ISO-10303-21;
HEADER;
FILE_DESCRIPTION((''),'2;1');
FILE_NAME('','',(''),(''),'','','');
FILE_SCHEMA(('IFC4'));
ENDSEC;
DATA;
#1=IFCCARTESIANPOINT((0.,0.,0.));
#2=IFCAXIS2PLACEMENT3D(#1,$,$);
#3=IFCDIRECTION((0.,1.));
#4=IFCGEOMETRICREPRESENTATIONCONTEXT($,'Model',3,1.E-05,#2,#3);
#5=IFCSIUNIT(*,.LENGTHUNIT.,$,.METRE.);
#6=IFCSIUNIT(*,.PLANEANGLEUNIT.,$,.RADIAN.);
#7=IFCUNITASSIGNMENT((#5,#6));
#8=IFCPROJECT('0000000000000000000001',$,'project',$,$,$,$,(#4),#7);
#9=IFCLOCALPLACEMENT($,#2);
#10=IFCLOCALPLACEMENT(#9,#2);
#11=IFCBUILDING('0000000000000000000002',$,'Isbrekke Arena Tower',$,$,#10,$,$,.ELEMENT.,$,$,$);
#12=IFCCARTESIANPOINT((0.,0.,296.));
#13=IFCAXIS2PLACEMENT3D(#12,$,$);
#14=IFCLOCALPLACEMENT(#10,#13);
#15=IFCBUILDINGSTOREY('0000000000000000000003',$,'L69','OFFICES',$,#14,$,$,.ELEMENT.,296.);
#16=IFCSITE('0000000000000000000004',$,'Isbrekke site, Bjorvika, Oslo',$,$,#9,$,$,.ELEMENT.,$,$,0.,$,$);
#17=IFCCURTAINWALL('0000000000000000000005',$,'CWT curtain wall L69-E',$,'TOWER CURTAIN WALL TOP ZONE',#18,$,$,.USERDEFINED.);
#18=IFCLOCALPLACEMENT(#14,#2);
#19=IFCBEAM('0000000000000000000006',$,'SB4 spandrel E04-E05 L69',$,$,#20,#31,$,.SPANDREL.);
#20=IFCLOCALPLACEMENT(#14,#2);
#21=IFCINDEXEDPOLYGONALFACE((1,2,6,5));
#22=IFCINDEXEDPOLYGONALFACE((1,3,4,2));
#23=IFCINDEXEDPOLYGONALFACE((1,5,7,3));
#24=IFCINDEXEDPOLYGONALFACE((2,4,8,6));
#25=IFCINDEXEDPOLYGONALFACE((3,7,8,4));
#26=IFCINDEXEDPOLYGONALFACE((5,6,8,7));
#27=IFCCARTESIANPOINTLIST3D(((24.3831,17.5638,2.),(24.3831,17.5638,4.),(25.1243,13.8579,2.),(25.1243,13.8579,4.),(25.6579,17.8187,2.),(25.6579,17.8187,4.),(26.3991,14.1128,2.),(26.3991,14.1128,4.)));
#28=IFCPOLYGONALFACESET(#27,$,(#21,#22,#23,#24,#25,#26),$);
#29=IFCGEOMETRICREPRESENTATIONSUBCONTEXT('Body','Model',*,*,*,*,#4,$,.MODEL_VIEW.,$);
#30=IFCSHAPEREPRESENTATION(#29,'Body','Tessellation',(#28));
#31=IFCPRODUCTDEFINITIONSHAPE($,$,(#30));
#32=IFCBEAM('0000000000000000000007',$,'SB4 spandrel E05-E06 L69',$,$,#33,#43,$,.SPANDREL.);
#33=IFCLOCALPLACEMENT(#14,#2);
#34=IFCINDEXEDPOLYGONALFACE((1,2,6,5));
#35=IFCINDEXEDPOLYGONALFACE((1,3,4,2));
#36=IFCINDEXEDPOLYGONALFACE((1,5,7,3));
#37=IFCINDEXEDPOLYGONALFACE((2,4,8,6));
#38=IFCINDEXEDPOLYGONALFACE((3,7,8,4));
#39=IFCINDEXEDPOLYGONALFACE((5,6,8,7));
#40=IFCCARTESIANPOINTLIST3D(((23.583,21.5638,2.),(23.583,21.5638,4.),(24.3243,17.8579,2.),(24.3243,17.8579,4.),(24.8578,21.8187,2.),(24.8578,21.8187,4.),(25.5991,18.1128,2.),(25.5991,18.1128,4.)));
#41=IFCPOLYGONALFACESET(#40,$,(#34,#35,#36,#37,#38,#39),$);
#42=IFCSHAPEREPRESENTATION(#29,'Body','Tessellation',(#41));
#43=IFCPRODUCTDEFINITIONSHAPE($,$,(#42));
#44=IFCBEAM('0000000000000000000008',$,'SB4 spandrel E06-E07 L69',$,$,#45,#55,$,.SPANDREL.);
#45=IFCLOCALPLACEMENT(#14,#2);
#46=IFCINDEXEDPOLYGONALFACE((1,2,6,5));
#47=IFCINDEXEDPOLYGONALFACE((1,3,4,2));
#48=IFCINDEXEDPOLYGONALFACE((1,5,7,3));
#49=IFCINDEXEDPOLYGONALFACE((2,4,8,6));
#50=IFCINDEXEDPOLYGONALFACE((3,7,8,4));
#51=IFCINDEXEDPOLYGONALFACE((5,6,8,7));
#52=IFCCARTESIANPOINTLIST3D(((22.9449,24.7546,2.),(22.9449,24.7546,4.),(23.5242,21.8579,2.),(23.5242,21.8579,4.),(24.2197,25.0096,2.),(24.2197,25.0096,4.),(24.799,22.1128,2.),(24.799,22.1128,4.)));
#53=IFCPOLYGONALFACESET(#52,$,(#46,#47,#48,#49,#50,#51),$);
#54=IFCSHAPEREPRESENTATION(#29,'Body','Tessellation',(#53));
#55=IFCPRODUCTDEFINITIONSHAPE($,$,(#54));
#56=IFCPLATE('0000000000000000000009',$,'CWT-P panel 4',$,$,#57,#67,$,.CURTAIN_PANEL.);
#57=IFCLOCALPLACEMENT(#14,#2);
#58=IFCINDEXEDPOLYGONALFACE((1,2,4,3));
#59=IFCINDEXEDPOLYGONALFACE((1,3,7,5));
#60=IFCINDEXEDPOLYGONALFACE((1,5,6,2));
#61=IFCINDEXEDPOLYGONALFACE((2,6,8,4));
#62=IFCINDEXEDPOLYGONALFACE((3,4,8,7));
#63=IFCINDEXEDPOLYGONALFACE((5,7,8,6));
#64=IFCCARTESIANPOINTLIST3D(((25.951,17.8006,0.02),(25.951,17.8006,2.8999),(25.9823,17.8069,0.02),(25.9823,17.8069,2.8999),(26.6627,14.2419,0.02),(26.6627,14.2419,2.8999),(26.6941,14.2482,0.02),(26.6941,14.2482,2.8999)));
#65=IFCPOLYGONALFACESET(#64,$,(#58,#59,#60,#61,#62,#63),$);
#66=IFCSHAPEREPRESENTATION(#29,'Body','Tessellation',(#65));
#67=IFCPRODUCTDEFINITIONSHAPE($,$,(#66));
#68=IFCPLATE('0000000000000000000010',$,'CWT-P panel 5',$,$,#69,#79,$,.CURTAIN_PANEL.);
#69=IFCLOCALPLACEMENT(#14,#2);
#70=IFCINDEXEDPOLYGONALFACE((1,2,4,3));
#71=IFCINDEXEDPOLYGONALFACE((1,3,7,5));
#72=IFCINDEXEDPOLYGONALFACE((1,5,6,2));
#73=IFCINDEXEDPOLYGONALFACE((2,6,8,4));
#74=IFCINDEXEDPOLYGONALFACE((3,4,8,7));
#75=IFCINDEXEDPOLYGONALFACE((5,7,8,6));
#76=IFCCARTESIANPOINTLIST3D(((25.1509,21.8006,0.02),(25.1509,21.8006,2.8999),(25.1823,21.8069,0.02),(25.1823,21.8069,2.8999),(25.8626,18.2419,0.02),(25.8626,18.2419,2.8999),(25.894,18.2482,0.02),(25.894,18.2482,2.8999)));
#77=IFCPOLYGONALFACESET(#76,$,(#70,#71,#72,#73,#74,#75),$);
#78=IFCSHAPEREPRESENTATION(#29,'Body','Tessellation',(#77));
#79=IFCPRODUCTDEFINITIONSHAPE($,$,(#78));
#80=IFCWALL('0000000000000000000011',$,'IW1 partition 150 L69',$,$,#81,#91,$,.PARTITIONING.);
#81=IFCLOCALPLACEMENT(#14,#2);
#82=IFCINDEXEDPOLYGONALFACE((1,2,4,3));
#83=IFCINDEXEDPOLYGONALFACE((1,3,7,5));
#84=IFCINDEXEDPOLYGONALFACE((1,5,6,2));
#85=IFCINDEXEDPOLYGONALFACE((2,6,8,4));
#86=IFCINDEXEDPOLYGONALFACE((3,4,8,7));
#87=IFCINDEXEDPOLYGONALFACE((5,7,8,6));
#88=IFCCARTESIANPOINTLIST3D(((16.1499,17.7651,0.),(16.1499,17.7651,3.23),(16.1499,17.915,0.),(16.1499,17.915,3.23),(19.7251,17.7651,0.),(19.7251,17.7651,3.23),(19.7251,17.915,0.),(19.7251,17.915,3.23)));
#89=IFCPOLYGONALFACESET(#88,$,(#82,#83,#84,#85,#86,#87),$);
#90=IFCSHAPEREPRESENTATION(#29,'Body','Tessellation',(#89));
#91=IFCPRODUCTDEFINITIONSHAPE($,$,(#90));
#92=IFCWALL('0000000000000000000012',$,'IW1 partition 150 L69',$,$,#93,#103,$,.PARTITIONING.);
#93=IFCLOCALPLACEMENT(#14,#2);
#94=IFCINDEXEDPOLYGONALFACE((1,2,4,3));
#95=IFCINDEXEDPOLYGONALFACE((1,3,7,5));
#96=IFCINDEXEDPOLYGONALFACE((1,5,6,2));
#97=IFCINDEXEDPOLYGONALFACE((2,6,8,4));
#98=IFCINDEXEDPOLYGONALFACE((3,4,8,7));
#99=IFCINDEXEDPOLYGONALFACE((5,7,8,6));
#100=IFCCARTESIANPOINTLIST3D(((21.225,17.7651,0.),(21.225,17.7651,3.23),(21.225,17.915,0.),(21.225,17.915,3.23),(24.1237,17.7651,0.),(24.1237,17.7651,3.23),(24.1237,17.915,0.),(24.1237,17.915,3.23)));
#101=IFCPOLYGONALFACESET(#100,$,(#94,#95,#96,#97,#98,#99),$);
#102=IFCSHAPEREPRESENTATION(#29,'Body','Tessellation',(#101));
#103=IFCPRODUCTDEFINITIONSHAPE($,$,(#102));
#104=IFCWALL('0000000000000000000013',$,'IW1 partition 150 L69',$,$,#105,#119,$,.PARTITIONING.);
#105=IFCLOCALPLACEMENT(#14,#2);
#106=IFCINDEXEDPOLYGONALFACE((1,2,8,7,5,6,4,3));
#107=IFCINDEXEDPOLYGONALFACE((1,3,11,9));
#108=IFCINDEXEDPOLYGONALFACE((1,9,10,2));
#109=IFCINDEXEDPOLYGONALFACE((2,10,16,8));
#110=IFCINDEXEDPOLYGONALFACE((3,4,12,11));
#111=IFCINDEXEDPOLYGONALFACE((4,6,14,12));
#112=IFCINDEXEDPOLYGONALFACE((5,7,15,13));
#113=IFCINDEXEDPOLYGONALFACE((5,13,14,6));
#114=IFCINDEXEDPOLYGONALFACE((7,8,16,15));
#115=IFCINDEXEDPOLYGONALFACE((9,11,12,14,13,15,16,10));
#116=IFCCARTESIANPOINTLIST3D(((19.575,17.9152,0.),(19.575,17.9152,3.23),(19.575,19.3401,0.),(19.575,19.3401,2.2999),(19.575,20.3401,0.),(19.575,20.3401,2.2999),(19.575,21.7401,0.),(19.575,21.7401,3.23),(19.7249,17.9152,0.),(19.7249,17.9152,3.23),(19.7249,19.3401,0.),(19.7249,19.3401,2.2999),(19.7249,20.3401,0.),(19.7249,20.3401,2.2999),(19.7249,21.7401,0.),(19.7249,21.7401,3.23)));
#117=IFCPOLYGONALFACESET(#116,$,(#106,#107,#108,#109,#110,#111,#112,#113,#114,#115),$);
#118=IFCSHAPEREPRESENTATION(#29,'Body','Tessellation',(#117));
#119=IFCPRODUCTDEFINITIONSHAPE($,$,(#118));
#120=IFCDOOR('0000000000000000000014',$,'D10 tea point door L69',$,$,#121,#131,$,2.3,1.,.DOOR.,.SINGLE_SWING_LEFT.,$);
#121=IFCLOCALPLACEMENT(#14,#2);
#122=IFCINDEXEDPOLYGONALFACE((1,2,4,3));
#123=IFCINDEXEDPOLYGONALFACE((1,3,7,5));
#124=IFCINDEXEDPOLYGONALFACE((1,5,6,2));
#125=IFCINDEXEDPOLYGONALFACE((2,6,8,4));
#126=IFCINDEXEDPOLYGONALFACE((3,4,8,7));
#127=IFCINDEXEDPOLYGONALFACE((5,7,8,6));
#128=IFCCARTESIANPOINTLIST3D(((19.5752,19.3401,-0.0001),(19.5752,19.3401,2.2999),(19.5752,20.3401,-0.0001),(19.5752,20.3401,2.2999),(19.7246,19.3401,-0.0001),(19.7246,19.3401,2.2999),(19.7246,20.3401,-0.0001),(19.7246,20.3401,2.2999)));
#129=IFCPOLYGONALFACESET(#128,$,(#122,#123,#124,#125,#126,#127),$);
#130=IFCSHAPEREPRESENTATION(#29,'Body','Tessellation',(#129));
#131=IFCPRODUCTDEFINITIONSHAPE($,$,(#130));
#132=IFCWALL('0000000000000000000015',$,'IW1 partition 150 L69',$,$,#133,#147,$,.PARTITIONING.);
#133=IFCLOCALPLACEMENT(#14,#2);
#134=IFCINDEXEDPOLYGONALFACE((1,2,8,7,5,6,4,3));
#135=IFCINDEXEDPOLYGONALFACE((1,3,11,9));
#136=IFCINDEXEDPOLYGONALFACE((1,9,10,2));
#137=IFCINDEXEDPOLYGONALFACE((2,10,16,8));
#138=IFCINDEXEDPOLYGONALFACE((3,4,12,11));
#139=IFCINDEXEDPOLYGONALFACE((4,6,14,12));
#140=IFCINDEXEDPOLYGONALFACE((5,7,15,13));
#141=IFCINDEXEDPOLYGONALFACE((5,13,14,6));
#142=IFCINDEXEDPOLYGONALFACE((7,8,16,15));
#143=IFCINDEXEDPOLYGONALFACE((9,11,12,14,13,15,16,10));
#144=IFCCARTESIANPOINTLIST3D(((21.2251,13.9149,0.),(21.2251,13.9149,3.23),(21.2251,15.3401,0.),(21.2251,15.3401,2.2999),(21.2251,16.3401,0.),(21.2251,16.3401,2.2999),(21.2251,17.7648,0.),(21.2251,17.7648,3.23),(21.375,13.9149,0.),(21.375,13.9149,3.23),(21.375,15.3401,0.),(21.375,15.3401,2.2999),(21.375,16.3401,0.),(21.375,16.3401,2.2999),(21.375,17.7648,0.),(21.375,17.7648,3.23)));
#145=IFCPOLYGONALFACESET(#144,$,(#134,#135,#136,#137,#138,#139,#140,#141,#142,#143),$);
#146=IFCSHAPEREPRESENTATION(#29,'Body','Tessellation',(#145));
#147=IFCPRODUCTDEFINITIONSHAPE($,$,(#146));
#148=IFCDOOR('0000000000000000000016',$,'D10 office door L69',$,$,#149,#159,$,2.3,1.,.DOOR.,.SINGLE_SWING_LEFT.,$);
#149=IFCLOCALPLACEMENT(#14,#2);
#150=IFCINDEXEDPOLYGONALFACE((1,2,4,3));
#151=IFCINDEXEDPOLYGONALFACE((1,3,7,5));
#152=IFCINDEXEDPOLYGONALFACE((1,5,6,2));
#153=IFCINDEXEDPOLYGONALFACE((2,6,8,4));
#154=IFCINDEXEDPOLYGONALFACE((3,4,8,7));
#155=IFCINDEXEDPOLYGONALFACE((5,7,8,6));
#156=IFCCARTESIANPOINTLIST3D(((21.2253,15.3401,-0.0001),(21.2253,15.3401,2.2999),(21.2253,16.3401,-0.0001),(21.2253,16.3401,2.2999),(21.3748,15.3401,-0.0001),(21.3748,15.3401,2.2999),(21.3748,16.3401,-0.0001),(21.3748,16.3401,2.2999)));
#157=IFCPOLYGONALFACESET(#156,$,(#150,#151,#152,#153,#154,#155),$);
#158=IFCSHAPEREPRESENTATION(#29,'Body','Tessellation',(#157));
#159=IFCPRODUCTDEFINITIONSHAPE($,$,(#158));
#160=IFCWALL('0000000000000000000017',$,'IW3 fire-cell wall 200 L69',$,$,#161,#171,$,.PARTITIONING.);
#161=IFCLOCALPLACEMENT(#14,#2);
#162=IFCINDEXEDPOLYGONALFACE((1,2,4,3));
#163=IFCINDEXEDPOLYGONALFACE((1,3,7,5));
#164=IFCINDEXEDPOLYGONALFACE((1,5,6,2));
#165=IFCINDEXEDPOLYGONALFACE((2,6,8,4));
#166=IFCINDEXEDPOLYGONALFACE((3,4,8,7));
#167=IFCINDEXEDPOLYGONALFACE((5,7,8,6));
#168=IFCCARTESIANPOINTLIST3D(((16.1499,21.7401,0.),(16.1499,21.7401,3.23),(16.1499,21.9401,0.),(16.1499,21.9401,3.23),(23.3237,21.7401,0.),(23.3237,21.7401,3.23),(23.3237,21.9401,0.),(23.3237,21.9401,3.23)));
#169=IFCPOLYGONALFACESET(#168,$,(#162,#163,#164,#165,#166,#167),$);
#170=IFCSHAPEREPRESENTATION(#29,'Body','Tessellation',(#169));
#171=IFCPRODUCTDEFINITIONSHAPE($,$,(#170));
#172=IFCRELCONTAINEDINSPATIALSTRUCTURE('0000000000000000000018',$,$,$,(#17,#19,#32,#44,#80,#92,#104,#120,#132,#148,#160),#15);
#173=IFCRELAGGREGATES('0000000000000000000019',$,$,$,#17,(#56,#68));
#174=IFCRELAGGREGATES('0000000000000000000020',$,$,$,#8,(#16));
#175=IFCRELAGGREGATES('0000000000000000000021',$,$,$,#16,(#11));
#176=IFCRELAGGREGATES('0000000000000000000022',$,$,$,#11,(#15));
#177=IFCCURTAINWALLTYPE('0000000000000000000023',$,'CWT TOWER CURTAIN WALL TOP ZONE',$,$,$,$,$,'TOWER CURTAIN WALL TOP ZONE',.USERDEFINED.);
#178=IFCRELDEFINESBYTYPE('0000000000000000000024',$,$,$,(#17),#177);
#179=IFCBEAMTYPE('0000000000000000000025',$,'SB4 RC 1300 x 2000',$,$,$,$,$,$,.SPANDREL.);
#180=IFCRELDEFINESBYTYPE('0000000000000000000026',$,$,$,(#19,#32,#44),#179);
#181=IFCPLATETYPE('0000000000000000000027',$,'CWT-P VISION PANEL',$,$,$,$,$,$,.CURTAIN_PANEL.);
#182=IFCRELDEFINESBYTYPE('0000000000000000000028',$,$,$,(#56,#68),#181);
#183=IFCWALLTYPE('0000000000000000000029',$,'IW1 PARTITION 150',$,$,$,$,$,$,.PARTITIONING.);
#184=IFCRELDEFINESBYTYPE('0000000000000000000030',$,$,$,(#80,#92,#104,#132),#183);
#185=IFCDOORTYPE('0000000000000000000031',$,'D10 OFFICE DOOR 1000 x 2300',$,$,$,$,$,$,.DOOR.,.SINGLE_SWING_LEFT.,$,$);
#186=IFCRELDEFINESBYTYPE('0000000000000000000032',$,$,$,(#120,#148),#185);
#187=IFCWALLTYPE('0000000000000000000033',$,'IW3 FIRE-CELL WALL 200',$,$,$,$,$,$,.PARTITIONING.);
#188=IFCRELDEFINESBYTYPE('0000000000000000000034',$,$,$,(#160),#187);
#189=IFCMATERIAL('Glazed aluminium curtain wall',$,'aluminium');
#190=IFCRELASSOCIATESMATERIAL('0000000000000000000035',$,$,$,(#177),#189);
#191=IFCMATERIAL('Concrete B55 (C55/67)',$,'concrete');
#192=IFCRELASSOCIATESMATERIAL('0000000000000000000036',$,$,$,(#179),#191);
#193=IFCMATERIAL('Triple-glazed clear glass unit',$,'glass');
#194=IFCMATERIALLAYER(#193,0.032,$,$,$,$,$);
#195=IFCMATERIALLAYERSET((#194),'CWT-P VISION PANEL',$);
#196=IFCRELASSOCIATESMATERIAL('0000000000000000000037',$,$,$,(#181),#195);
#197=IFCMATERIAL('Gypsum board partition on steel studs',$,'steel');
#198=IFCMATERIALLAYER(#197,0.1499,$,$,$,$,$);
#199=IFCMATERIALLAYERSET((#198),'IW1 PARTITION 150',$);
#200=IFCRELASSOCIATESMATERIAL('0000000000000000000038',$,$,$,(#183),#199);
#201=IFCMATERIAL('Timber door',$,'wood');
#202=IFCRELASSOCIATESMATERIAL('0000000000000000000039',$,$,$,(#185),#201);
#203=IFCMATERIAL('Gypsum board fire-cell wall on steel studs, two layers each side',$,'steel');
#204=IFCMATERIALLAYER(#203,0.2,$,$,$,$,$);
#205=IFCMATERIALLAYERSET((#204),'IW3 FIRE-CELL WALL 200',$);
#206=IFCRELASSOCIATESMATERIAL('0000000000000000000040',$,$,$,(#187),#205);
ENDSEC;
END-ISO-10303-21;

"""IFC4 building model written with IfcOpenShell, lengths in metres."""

from ifc_helpers import new_model, si_unit, direction, frame, frame_2d, origin, origin_2d, place, context, subcontext, project, spatial, rectangle, extrude, material, layer, layer_set, material_profile, profile_set, type_object, element, fill, aggregate, save


model = new_model("IFC4")

# Units and contexts
model_context = context("Model", 3, precision=1e-05, world=origin(), true_north=direction((0.0, 1.0)))
body_context = subcontext(model_context, "Body", "Model", "MODEL_VIEW")
ifc_project = project(units=[si_unit("LENGTHUNIT", "METRE"), si_unit("PLANEANGLEUNIT", "RADIAN")], contexts=[model_context])

# Site, building, storey
site_placement = place(None, origin())
site = spatial("IfcSite", under=ifc_project, at=site_placement, Name="Isbrekke site, Bjorvika, Oslo", CompositionType="ELEMENT", RefElevation=0.0)
building_placement = place(site_placement, origin())
building = spatial("IfcBuilding", under=site, at=building_placement, Name="Isbrekke Arena Tower", CompositionType="ELEMENT")
storey_placement = place(building_placement, frame((0.0, 0.0, 296.0)))
storey = spatial("IfcBuildingStorey", under=building, at=storey_placement, Name="L69", Description="OFFICES", CompositionType="ELEMENT", Elevation=296.0)

# Curtain wall
ifc_material_1 = material(Name="Glazed aluminium curtain wall", Category="aluminium")
curtain_wall_type = type_object("IfcCurtainWallType", Name="CWT TOWER CURTAIN WALL TOP ZONE", ElementType="TOWER CURTAIN WALL TOP ZONE", PredefinedType="USERDEFINED", material=ifc_material_1)
curtain_wall_placement = place(storey_placement, origin())
curtain_wall = element("IfcCurtainWall", 1, at=curtain_wall_placement, inside=storey, type_object=curtain_wall_type, Name="CWT curtain wall L69-E", ObjectType="TOWER CURTAIN WALL TOP ZONE", PredefinedType="USERDEFINED")

# Beams
ifc_material_2 = material(Name="Concrete B55 (C55/67)", Category="concrete")
ifc_material_profile_1 = material_profile(ifc_material_2, rectangle(XDim=1.3, YDim=2.0, at=origin_2d()), Name="RC 1300x2000")
ifc_profile_set_1 = profile_set([ifc_material_profile_1], Name="Concrete B55 (C55/67)")
beam_type_1 = type_object("IfcBeamType", Name="SB4 RC 1300 x 2000", PredefinedType="SPANDREL", material=ifc_profile_set_1)
for number, where, z_axis, x_axis, name in (
    (2, (25.7617, 13.9854, 3.0), (-0.196129, 0.980578, 0.0), (-0.980578, -0.196129, 0.0), "SB4 spandrel E04-E05 L69"),
    (3, (24.9617, 17.9854, 3.0), (-0.196129, 0.980578, 0.0), (-0.980578, -0.196129, 0.0), "SB4 spandrel E05-E06 L69"),
):
    element("IfcBeam", number, at=place(storey_placement, frame(where, z_axis=z_axis, x_axis=x_axis)), inside=storey, type_object=beam_type_1, Name=name, PredefinedType="SPANDREL", context=body_context, shape_type="SweptSolid", body=[
        extrude(rectangle(XDim=1.3, YDim=2.0, at=origin_2d()), origin(), (0.0, 0.0, 1.0), 3.7793),
    ])
beam_1_placement = place(storey_placement, frame((24.1616, 21.9854, 3.0), z_axis=(-0.196116, 0.980581, 0.0), x_axis=(-0.980581, -0.196116, 0.0)))
element("IfcBeam", 4, at=beam_1_placement, inside=storey, type_object=beam_type_1, Name="SB4 spandrel E06-E07 L69", PredefinedType="SPANDREL", context=body_context, shape_type="SweptSolid", body=[
    extrude(rectangle(XDim=1.3, YDim=2.0, at=origin_2d()), origin(), (0.0, 0.0, 1.0), 2.9541),
])

# Plates
ifc_material_3 = material(Name="Triple-glazed clear glass unit", Category="glass")
ifc_layer_1 = layer(ifc_material_3, 0.032)
ifc_layer_set_1 = layer_set([ifc_layer_1], Name="CWT-P VISION PANEL")
plate_type = type_object("IfcPlateType", Name="CWT-P VISION PANEL", PredefinedType="CURTAIN_PANEL", material=ifc_layer_set_1)
plate_1_placement = place(storey_placement, frame((26.3225, 16.0244, 0.02), z_axis=(0.0, 0.0, 1.0), x_axis=(-0.196116, 0.980581, 0.0)))
plate_1 = element("IfcPlate", 5, at=plate_1_placement, type_object=plate_type, Name="CWT-P panel 4", PredefinedType="CURTAIN_PANEL", context=body_context, shape_type="SweptSolid", body=[
    extrude(rectangle(XDim=3.6292, YDim=0.032, at=origin_2d()), origin(), (0.0, 0.0, 1.0), 2.8799),
])
plate_2_placement = place(storey_placement, frame((25.5225, 20.0244, 0.02), z_axis=(0.0, 0.0, 1.0), x_axis=(-0.196116, 0.980581, 0.0)))
plate_2 = element("IfcPlate", 6, at=plate_2_placement, type_object=plate_type, Name="CWT-P panel 5", PredefinedType="CURTAIN_PANEL", context=body_context, shape_type="SweptSolid", body=[
    extrude(rectangle(XDim=3.6292, YDim=0.032, at=origin_2d()), origin(), (0.0, 0.0, 1.0), 2.8799),
])
aggregate(curtain_wall, [plate_1, plate_2])

# Walls
ifc_material_4 = material(Name="Gypsum board partition on steel studs", Category="steel")
ifc_layer_2 = layer(ifc_material_4, 0.1499)
ifc_layer_set_2 = layer_set([ifc_layer_2], Name="IW1 PARTITION 150")
wall_type_1 = type_object("IfcWallType", Name="IW1 PARTITION 150", PredefinedType="PARTITIONING", material=ifc_layer_set_2)
wall_1_placement = place(storey_placement, frame((16.1499, 17.8401, 0.0), z_axis=(0.0, 0.0, 1.0), x_axis=(1.0, 0.0, 0.0)))
element("IfcWall", 7, at=wall_1_placement, inside=storey, type_object=wall_type_1, Name="IW1 partition 150 L69", PredefinedType="PARTITIONING", context=body_context, shape_type="SweptSolid", body=[
    extrude(rectangle(XDim=3.5752, YDim=0.1499, at=frame_2d((1.7876, 0.0))), origin(), (0.0, 0.0, 1.0), 3.23),
])
wall_2_placement = place(storey_placement, frame((21.2251, 17.8401, 0.0), z_axis=(0.0, 0.0, 1.0), x_axis=(1.0, 0.0, 0.0)))
element("IfcWall", 8, at=wall_2_placement, inside=storey, type_object=wall_type_1, Name="IW1 partition 150 L69", PredefinedType="PARTITIONING", context=body_context, shape_type="SweptSolid", body=[
    extrude(rectangle(XDim=2.8987, YDim=0.1499, at=frame_2d((1.4492, 0.0))), origin(), (0.0, 0.0, 1.0), 3.23),
])

# Walls, openings, doors
wall_3_placement = place(storey_placement, frame((19.6499, 17.915, 0.0), z_axis=(0.0, 0.0, 1.0), x_axis=(0.0, 1.0, 0.0)))
wall_3 = element("IfcWall", 9, at=wall_3_placement, inside=storey, type_object=wall_type_1, Name="IW1 partition 150 L69", PredefinedType="PARTITIONING", context=body_context, shape_type="SweptSolid", body=[
    extrude(rectangle(XDim=3.825, YDim=0.1499, at=frame_2d((1.9126, 0.0))), origin(), (0.0, 0.0, 1.0), 3.23),
])
opening_1_placement = place(wall_3_placement, frame((1.425, 0.0, 0.0)))
opening_1 = element("IfcOpeningElement", 10, at=opening_1_placement, cuts=wall_3, PredefinedType="OPENING", context=body_context, shape_type="SweptSolid", body=[
    extrude(rectangle(XDim=1.0, YDim=2.3, at=frame_2d((0.5, 1.1499))), frame((0.0, 0.0898, 0.0), z_axis=(0.0, -1.0, 0.0), x_axis=(1.0, 0.0, 0.0)), (0.0, 0.0, 1.0), 0.1797),
])
ifc_material_5 = material(Name="Timber door", Category="wood")
door_type = type_object("IfcDoorType", Name="D10 OFFICE DOOR 1000 x 2300", OperationType="SINGLE_SWING_LEFT", PredefinedType="DOOR", material=ifc_material_5)
door_1_placement = place(opening_1_placement, origin())
door_1 = element("IfcDoor", 11, at=door_1_placement, inside=storey, type_object=door_type, Name="D10 tea point door L69", OperationType="SINGLE_SWING_LEFT", OverallHeight=2.3, OverallWidth=1.0, PredefinedType="DOOR", context=body_context, shape_type="SweptSolid", body=[
    extrude(rectangle(XDim=1.0, YDim=2.3, at=frame_2d((0.5, 1.1499))), frame((0.0, 0.0747, 0.0), z_axis=(0.0, -1.0, 0.0), x_axis=(1.0, 0.0, 0.0)), (0.0, 0.0, 1.0), 0.1494),
])
fill(opening_1, door_1)
wall_4_placement = place(storey_placement, frame((21.3, 13.915, 0.0), z_axis=(0.0, 0.0, 1.0), x_axis=(0.0, 1.0, 0.0)))
wall_4 = element("IfcWall", 12, at=wall_4_placement, inside=storey, type_object=wall_type_1, Name="IW1 partition 150 L69", PredefinedType="PARTITIONING", context=body_context, shape_type="SweptSolid", body=[
    extrude(rectangle(XDim=3.8499, YDim=0.1499, at=frame_2d((1.9248, 0.0))), origin(), (0.0, 0.0, 1.0), 3.23),
])
opening_2_placement = place(wall_4_placement, frame((1.425, 0.0, 0.0)))
opening_2 = element("IfcOpeningElement", 13, at=opening_2_placement, cuts=wall_4, PredefinedType="OPENING", context=body_context, shape_type="SweptSolid", body=[
    extrude(rectangle(XDim=1.0, YDim=2.3, at=frame_2d((0.5, 1.1499))), frame((0.0, 0.0898, 0.0), z_axis=(0.0, -1.0, 0.0), x_axis=(1.0, 0.0, 0.0)), (0.0, 0.0, 1.0), 0.1797),
])
door_2_placement = place(opening_2_placement, origin())
door_2 = element("IfcDoor", 14, at=door_2_placement, inside=storey, type_object=door_type, Name="D10 office door L69", OperationType="SINGLE_SWING_LEFT", OverallHeight=2.3, OverallWidth=1.0, PredefinedType="DOOR", context=body_context, shape_type="SweptSolid", body=[
    extrude(rectangle(XDim=1.0, YDim=2.3, at=frame_2d((0.5, 1.1499))), frame((0.0, 0.0747, 0.0), z_axis=(0.0, -1.0, 0.0), x_axis=(1.0, 0.0, 0.0)), (0.0, 0.0, 1.0), 0.1494),
])
fill(opening_2, door_2)

# Wall
ifc_material_6 = material(Name="Gypsum board fire-cell wall on steel studs, two layers each side", Category="steel")
ifc_layer_3 = layer(ifc_material_6, 0.2)
ifc_layer_set_3 = layer_set([ifc_layer_3], Name="IW3 FIRE-CELL WALL 200")
wall_type_2 = type_object("IfcWallType", Name="IW3 FIRE-CELL WALL 200", PredefinedType="PARTITIONING", material=ifc_layer_set_3)
wall_5_placement = place(storey_placement, frame((16.1499, 21.8401, 0.0), z_axis=(0.0, 0.0, 1.0), x_axis=(1.0, 0.0, 0.0)))
element("IfcWall", 15, at=wall_5_placement, inside=storey, type_object=wall_type_2, Name="IW3 fire-cell wall 200 L69", PredefinedType="PARTITIONING", context=body_context, shape_type="SweptSolid", body=[
    extrude(rectangle(XDim=7.1738, YDim=0.2, at=frame_2d((3.5869, 0.0))), origin(), (0.0, 0.0, 1.0), 3.23),
])

save(model, "model.ifc")
